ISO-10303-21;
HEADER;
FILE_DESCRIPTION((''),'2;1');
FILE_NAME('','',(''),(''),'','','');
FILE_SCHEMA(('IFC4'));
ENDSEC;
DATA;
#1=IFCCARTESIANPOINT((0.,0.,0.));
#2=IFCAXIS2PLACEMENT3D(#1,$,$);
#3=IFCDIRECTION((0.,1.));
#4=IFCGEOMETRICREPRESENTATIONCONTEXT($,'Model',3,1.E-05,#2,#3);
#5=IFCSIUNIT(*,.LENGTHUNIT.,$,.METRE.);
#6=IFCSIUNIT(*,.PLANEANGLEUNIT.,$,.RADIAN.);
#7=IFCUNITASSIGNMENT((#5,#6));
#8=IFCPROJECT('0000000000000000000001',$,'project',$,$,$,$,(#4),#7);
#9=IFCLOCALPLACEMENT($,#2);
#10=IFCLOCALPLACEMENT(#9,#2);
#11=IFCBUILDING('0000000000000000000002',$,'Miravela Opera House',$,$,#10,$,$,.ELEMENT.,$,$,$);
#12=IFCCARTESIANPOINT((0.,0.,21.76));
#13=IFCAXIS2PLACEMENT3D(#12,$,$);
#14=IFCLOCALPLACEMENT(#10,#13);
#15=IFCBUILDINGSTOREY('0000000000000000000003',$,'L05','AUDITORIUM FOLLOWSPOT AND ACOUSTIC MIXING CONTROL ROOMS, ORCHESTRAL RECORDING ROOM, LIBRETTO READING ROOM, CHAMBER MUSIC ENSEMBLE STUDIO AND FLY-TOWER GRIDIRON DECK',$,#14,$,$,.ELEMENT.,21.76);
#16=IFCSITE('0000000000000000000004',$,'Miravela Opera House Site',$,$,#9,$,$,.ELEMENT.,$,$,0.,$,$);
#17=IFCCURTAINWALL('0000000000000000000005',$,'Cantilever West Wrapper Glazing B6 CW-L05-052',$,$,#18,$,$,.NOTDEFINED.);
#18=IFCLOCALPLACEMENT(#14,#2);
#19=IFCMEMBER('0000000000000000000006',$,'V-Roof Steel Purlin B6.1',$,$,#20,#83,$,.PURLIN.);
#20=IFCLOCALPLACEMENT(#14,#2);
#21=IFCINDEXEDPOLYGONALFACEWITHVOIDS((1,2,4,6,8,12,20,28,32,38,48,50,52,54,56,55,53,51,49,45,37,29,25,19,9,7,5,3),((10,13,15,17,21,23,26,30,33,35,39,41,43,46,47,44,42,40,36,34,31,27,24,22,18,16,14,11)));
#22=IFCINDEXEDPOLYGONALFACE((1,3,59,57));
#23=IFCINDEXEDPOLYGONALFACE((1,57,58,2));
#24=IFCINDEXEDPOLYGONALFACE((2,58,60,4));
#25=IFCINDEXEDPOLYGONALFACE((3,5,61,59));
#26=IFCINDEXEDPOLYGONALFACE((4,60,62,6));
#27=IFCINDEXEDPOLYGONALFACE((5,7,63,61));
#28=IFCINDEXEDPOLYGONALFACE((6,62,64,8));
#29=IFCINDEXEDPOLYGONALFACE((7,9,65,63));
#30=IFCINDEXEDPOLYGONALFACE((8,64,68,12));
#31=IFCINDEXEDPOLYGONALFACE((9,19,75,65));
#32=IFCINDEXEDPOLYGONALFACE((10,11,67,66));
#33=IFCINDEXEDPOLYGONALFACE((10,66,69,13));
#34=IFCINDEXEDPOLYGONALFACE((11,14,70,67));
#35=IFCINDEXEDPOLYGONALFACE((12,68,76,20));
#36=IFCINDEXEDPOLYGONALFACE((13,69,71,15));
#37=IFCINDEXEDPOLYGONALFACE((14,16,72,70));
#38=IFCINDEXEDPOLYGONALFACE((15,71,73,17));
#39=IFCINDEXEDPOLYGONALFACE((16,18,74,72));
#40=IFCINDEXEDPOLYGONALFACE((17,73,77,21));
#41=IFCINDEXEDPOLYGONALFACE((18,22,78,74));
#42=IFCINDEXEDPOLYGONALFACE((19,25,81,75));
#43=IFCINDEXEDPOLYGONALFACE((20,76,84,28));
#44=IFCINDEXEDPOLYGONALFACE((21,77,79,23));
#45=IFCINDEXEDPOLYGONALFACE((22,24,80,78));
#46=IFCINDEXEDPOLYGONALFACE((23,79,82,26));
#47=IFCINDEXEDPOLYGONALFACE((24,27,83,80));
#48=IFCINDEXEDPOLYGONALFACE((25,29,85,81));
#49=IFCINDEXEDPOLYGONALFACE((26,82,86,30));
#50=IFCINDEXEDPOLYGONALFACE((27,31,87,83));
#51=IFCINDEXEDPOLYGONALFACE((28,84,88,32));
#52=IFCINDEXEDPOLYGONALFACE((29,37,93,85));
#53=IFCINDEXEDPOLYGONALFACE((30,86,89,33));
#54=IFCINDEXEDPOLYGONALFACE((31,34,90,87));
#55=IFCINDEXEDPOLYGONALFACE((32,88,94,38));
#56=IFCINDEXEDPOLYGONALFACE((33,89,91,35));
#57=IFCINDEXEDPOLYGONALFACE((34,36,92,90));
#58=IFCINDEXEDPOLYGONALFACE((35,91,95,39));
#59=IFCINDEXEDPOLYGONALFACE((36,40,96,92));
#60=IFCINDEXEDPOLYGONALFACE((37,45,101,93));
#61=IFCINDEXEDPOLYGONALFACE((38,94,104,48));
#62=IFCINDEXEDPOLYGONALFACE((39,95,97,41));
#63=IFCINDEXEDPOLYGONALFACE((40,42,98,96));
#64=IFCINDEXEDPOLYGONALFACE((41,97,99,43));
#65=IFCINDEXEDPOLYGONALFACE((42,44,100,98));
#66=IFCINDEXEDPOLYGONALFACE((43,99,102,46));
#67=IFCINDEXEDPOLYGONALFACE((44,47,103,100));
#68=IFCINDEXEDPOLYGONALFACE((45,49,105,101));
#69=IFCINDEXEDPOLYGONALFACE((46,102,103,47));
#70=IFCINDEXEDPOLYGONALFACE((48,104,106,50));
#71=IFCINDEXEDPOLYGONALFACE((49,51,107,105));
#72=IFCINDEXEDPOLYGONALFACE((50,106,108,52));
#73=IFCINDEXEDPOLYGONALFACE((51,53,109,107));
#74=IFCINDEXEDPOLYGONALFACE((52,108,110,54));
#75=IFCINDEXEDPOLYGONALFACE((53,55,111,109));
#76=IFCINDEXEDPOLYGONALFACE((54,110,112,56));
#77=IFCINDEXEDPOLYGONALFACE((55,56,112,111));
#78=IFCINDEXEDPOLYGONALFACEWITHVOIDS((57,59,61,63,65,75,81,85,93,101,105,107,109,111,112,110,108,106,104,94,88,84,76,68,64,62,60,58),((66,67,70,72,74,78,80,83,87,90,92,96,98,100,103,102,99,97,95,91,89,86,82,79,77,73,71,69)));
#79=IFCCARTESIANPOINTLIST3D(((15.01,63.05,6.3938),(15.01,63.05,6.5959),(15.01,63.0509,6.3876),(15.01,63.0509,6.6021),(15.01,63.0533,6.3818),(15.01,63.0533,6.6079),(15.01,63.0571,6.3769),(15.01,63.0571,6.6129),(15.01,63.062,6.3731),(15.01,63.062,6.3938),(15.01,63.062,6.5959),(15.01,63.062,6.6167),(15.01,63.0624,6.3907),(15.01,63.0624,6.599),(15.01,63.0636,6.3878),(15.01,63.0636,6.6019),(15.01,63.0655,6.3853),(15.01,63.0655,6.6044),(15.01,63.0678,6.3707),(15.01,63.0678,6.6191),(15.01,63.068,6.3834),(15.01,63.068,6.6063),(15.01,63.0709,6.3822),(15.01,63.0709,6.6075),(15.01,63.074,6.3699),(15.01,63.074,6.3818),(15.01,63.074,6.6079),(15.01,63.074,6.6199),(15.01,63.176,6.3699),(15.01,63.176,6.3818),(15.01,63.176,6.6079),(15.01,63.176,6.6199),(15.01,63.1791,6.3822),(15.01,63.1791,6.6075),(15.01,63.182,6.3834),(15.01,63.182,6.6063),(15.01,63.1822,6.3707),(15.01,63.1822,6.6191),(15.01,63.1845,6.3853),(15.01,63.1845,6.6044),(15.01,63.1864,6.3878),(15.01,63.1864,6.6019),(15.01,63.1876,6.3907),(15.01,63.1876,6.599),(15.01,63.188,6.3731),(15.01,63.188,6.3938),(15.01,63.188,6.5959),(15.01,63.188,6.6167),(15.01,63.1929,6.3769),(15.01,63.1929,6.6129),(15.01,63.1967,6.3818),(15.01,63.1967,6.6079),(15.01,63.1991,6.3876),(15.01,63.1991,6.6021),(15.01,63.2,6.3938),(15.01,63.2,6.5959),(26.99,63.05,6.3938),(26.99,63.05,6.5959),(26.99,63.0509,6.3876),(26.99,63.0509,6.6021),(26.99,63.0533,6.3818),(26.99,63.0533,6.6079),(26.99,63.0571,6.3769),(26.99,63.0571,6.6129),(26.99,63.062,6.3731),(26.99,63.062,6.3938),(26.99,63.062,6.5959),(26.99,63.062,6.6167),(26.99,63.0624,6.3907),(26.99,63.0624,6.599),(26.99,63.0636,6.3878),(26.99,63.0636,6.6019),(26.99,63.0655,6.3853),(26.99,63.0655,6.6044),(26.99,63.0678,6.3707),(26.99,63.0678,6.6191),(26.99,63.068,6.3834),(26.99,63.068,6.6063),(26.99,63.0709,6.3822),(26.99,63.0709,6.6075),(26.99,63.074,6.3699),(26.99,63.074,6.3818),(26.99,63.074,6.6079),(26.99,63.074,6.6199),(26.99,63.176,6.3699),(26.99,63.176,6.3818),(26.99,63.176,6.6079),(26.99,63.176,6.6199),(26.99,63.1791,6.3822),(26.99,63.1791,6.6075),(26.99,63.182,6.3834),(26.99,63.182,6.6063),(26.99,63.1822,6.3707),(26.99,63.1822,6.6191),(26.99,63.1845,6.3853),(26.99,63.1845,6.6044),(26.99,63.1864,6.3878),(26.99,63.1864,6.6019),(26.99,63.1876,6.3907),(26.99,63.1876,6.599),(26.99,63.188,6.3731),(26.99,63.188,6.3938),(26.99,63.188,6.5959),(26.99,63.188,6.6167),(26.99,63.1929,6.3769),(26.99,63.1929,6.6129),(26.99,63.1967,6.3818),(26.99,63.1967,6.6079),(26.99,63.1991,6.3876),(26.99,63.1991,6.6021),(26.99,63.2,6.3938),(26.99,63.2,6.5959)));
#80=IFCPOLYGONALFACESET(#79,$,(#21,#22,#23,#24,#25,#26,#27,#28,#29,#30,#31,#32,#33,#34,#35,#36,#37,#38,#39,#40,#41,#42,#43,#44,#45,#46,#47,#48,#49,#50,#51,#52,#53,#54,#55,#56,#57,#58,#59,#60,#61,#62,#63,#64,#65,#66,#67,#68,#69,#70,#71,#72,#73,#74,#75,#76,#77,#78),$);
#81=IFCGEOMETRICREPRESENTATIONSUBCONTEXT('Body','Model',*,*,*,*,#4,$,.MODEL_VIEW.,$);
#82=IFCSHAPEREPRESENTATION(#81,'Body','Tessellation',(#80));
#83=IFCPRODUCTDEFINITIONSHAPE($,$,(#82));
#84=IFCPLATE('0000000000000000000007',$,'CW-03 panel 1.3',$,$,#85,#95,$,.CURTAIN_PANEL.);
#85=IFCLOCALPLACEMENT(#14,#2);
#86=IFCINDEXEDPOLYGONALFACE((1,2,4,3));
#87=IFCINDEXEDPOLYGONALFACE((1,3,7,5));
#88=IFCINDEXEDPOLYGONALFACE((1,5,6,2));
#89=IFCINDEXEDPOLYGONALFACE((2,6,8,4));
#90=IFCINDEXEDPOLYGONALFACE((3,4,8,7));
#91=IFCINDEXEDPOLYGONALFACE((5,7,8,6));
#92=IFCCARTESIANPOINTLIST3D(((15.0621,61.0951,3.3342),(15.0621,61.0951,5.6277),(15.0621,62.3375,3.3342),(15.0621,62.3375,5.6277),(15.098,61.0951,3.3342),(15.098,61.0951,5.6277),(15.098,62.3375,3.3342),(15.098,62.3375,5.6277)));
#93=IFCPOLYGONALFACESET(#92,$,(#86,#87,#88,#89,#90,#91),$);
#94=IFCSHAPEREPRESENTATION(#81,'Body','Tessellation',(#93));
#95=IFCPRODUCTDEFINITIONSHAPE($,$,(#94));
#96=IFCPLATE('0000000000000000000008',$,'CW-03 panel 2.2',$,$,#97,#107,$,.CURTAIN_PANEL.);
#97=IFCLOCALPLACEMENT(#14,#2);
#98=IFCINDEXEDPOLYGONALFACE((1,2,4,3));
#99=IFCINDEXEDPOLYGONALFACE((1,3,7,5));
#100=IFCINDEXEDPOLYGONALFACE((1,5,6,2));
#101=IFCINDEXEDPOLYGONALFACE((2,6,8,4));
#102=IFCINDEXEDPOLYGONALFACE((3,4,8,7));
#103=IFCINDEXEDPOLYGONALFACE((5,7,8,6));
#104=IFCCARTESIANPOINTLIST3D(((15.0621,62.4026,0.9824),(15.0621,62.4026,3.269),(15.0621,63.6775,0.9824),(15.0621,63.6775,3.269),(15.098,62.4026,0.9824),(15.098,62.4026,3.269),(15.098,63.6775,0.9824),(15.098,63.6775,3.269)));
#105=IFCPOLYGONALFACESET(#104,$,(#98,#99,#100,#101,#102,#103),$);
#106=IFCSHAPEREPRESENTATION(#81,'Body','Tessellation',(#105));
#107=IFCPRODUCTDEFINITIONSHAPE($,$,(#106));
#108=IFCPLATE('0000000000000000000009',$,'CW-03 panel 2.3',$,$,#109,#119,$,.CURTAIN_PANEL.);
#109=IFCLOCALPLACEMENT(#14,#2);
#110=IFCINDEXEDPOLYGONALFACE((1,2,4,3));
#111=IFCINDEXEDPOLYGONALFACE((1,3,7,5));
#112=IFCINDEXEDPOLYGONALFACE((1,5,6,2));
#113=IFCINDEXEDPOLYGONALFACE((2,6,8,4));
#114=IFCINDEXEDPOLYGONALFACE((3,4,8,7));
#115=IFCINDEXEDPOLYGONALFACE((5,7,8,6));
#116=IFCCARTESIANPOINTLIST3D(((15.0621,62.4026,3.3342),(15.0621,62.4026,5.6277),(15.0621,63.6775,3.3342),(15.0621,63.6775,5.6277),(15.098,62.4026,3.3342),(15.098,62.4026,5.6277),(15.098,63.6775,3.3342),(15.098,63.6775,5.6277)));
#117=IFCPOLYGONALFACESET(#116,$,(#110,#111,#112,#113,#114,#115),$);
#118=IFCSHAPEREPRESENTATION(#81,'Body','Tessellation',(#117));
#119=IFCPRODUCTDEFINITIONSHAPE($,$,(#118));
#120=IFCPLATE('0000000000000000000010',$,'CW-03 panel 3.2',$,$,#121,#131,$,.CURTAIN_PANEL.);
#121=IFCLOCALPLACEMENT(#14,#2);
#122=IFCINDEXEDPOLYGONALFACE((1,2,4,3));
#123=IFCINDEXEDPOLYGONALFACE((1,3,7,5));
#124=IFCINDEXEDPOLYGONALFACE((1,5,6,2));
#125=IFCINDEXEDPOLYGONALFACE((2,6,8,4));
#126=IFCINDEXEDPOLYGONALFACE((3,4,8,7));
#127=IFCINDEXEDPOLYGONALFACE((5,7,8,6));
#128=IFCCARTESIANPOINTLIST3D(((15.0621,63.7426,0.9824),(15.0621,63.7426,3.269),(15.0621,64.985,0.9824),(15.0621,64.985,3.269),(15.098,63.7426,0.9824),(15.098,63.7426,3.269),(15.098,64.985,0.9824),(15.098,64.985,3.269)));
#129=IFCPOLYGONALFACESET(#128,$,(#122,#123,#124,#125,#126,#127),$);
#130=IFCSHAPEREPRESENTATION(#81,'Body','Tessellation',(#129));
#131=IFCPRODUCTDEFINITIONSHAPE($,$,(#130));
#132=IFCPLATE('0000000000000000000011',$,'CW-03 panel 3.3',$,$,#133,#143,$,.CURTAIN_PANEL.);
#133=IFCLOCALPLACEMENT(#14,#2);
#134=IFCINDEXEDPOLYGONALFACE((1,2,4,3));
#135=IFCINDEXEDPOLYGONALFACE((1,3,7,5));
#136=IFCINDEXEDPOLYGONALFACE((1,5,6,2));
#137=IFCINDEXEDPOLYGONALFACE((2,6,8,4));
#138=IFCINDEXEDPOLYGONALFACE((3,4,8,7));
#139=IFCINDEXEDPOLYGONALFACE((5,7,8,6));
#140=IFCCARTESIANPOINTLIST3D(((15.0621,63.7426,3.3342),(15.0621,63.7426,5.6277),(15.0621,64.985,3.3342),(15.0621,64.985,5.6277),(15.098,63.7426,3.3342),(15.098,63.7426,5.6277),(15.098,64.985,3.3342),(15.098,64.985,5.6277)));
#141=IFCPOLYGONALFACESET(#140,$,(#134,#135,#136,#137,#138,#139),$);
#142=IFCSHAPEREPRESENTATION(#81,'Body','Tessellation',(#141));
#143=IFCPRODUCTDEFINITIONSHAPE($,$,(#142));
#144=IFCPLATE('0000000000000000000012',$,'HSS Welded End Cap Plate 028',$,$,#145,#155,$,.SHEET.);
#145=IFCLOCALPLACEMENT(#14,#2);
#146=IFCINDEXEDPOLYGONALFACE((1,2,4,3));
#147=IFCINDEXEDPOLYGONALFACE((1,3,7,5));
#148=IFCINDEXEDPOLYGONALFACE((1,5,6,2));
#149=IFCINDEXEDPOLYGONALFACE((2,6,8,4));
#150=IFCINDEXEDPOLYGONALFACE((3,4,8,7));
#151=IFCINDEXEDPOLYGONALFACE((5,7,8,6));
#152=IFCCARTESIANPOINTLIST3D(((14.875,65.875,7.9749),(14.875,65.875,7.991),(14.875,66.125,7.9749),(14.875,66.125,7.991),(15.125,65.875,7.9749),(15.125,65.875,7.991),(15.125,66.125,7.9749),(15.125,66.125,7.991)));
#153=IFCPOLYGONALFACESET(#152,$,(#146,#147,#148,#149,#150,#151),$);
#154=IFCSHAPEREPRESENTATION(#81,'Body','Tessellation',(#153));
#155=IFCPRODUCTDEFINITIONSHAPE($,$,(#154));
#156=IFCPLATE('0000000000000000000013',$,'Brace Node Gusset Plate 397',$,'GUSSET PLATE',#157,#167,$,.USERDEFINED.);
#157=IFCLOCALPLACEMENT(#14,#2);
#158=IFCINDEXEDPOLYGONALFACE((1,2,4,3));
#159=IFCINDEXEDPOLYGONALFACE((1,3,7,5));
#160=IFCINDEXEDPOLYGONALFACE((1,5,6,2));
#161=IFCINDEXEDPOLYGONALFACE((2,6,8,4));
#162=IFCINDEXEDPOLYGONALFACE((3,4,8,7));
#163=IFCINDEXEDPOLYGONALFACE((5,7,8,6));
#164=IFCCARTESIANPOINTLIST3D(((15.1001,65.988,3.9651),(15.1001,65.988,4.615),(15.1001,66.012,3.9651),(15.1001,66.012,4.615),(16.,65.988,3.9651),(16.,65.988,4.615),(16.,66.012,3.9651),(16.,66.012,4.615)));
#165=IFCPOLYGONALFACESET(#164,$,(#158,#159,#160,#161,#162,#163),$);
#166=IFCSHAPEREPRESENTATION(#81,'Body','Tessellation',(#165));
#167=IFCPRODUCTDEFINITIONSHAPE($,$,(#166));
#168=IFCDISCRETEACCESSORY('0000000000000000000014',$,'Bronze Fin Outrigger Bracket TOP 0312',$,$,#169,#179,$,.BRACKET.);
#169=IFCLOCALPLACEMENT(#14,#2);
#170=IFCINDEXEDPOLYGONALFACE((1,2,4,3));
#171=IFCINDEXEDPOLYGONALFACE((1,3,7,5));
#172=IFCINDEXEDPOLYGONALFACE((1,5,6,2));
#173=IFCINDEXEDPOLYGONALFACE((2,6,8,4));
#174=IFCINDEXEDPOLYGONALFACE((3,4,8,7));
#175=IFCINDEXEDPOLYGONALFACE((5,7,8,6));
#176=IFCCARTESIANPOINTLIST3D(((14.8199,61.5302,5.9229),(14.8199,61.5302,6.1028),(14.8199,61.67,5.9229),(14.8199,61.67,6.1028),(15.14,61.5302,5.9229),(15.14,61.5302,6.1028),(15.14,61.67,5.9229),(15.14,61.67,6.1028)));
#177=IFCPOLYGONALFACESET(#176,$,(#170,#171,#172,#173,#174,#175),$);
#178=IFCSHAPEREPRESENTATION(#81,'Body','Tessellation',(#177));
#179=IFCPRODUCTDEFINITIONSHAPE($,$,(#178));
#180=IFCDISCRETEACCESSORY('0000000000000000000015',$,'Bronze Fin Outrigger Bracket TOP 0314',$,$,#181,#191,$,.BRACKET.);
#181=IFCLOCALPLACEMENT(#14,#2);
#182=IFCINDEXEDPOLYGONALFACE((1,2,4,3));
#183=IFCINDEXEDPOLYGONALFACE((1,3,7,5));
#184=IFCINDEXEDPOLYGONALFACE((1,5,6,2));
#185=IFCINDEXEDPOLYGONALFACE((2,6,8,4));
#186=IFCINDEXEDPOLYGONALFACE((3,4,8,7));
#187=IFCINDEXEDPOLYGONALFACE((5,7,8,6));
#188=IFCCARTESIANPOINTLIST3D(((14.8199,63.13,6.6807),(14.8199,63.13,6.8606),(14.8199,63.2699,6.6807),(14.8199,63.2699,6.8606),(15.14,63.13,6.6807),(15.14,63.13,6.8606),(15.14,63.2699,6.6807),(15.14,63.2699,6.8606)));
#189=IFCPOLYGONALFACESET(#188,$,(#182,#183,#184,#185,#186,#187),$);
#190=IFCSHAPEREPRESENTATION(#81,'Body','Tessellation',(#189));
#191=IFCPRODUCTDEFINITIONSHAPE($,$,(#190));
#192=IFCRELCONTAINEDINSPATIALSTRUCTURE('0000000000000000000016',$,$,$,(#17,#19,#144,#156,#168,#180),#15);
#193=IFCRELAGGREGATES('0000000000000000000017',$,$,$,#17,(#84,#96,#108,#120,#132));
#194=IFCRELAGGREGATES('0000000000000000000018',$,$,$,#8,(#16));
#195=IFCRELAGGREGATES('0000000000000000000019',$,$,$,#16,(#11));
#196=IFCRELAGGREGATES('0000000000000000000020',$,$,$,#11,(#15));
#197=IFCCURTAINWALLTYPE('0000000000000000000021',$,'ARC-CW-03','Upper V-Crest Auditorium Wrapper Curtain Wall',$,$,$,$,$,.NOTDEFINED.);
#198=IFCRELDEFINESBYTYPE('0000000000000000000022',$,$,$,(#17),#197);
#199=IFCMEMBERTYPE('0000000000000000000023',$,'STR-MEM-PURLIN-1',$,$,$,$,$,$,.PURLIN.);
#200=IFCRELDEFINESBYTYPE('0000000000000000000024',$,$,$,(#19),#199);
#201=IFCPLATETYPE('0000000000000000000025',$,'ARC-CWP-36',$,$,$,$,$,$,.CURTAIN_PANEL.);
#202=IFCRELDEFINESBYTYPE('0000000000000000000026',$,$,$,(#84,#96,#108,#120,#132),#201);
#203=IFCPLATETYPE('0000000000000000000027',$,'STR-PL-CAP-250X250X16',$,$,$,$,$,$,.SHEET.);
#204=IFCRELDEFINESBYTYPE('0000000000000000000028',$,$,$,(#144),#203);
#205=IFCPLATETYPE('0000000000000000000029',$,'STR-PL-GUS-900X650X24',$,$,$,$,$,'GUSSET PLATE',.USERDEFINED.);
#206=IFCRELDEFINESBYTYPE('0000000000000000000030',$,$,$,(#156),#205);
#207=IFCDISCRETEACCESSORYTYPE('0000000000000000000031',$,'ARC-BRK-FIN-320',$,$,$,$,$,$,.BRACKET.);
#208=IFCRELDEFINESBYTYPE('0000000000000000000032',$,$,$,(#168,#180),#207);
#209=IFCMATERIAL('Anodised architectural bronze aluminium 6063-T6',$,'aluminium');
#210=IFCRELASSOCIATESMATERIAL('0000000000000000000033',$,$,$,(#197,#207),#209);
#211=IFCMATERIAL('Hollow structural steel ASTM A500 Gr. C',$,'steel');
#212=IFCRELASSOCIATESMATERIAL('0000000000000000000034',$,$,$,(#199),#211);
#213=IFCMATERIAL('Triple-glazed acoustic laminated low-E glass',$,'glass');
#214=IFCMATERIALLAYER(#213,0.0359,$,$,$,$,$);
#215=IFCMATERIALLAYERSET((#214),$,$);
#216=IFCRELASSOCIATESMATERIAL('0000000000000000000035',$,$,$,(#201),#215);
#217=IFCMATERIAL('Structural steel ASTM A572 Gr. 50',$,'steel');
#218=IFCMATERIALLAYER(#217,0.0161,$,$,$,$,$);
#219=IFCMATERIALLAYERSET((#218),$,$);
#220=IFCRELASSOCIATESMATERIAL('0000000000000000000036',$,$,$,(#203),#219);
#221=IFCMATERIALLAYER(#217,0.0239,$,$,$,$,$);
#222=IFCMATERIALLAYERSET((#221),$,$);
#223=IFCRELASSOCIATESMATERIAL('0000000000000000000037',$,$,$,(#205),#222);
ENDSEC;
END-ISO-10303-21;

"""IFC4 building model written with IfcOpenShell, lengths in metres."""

from ifc_helpers import new_model, si_unit, direction, frame, origin, origin_2d, place, context, subcontext, project, spatial, rectangle, hollow_rectangle, extrude, material, layer, layer_set, material_profile, profile_set, type_object, element, aggregate, save


model = new_model("IFC4")

# Units and contexts
model_context = context("Model", 3, precision=1e-05, world=origin(), true_north=direction((0.0, 1.0)))
body_context = subcontext(model_context, "Body", "Model", "MODEL_VIEW")
ifc_project = project(units=[si_unit("LENGTHUNIT", "METRE"), si_unit("PLANEANGLEUNIT", "RADIAN")], contexts=[model_context])

# Site, building, storey
site_placement = place(None, origin())
site = spatial("IfcSite", under=ifc_project, at=site_placement, Name="Miravela Opera House Site", CompositionType="ELEMENT", RefElevation=0.0)
building_placement = place(site_placement, origin())
building = spatial("IfcBuilding", under=site, at=building_placement, Name="Miravela Opera House", CompositionType="ELEMENT")
storey_placement = place(building_placement, frame((0.0, 0.0, 21.76)))
storey = spatial("IfcBuildingStorey", under=building, at=storey_placement, Name="L05", Description="AUDITORIUM FOLLOWSPOT AND ACOUSTIC MIXING CONTROL ROOMS, ORCHESTRAL RECORDING ROOM, LIBRETTO READING ROOM, CHAMBER MUSIC ENSEMBLE STUDIO AND FLY-TOWER GRIDIRON DECK", CompositionType="ELEMENT", Elevation=21.76)

# Curtain wall
ifc_material_1 = material(Name="Anodised architectural bronze aluminium 6063-T6", Category="aluminium")
curtain_wall_type = type_object("IfcCurtainWallType", Name="ARC-CW-03", Description="Upper V-Crest Auditorium Wrapper Curtain Wall", PredefinedType="NOTDEFINED", material=ifc_material_1)
curtain_wall_1_placement = place(storey_placement, origin())
curtain_wall_1 = element("IfcCurtainWall", 1, at=curtain_wall_1_placement, inside=storey, type_object=curtain_wall_type, Name="Cantilever West Wrapper Glazing B6 CW-L05-052", PredefinedType="NOTDEFINED")

# Member
ifc_material_2 = material(Name="Hollow structural steel ASTM A500 Gr. C", Category="steel")
ifc_material_profile_1 = material_profile(ifc_material_2, hollow_rectangle(XDim=0.1499, YDim=0.25, WallThickness=0.012, InnerFilletRadius=0.012, OuterFilletRadius=0.0239, at=origin_2d()), Name="HSS250X150X12")
ifc_profile_set_1 = profile_set([ifc_material_profile_1])
member_type_1 = type_object("IfcMemberType", Name="STR-MEM-PURLIN-1", PredefinedType="PURLIN", material=ifc_profile_set_1)
member_1_placement = place(storey_placement, frame((15.01, 63.125, 6.4949), z_axis=(1.0, 0.0, 0.0), x_axis=(0.0, 1.0, 0.0)))
element("IfcMember", 2, at=member_1_placement, inside=storey, type_object=member_type_1, Name="V-Roof Steel Purlin B6.1", PredefinedType="PURLIN", context=body_context, shape_type="SweptSolid", body=[
    extrude(hollow_rectangle(XDim=0.1499, YDim=0.25, WallThickness=0.012, InnerFilletRadius=0.012, OuterFilletRadius=0.0239, at=origin_2d()), origin(), (0.0, 0.0, 1.0), 11.98),
])

# Plates
ifc_material_3 = material(Name="Triple-glazed acoustic laminated low-E glass", Category="glass")
ifc_layer_1 = layer(ifc_material_3, 0.0359)
ifc_layer_set_1 = layer_set([ifc_layer_1])
plate_type_1 = type_object("IfcPlateType", Name="ARC-CWP-36", PredefinedType="CURTAIN_PANEL", material=ifc_layer_set_1)
plate_1_placement = place(storey_placement, frame((15.0801, 61.7163, 3.3342), z_axis=(0.0, 0.0, 1.0), x_axis=(0.0, 1.0, 0.0)))
plate_1 = element("IfcPlate", 3, at=plate_1_placement, type_object=plate_type_1, Name="CW-03 panel 1.3", PredefinedType="CURTAIN_PANEL", context=body_context, shape_type="SweptSolid", body=[
    extrude(rectangle(XDim=1.2424, YDim=0.0359, at=origin_2d()), origin(), (0.0, 0.0, 1.0), 2.2935),
])
plate_2_placement = place(storey_placement, frame((15.0801, 63.04, 0.9824), z_axis=(0.0, 0.0, 1.0), x_axis=(0.0, 1.0, 0.0)))
plate_2 = element("IfcPlate", 4, at=plate_2_placement, type_object=plate_type_1, Name="CW-03 panel 2.2", PredefinedType="CURTAIN_PANEL", context=body_context, shape_type="SweptSolid", body=[
    extrude(rectangle(XDim=1.2749, YDim=0.0359, at=origin_2d()), origin(), (0.0, 0.0, 1.0), 2.2866),
])
plate_3_placement = place(storey_placement, frame((15.0801, 63.04, 3.3342), z_axis=(0.0, 0.0, 1.0), x_axis=(0.0, 1.0, 0.0)))
plate_3 = element("IfcPlate", 5, at=plate_3_placement, type_object=plate_type_1, Name="CW-03 panel 2.3", PredefinedType="CURTAIN_PANEL", context=body_context, shape_type="SweptSolid", body=[
    extrude(rectangle(XDim=1.2749, YDim=0.0359, at=origin_2d()), origin(), (0.0, 0.0, 1.0), 2.2935),
])
plate_4_placement = place(storey_placement, frame((15.0801, 64.3638, 0.9824), z_axis=(0.0, 0.0, 1.0), x_axis=(0.0, 1.0, 0.0)))
plate_4 = element("IfcPlate", 6, at=plate_4_placement, type_object=plate_type_1, Name="CW-03 panel 3.2", PredefinedType="CURTAIN_PANEL", context=body_context, shape_type="SweptSolid", body=[
    extrude(rectangle(XDim=1.2424, YDim=0.0359, at=origin_2d()), origin(), (0.0, 0.0, 1.0), 2.2866),
])
plate_5_placement = place(storey_placement, frame((15.0801, 64.3638, 3.3342), z_axis=(0.0, 0.0, 1.0), x_axis=(0.0, 1.0, 0.0)))
plate_5 = element("IfcPlate", 7, at=plate_5_placement, type_object=plate_type_1, Name="CW-03 panel 3.3", PredefinedType="CURTAIN_PANEL", context=body_context, shape_type="SweptSolid", body=[
    extrude(rectangle(XDim=1.2424, YDim=0.0359, at=origin_2d()), origin(), (0.0, 0.0, 1.0), 2.2935),
])
aggregate(curtain_wall_1, [plate_1, plate_2, plate_3, plate_4, plate_5])

# Plates
ifc_material_4 = material(Name="Structural steel ASTM A572 Gr. 50", Category="steel")
ifc_layer_2 = layer(ifc_material_4, 0.0161)
ifc_layer_set_2 = layer_set([ifc_layer_2])
plate_type_2 = type_object("IfcPlateType", Name="STR-PL-CAP-250X250X16", PredefinedType="SHEET", material=ifc_layer_set_2)
plate_6_placement = place(storey_placement, frame((15.0, 66.0, 7.9749), z_axis=(0.0, 0.0, 1.0), x_axis=(1.0, 0.0, 0.0)))
element("IfcPlate", 8, at=plate_6_placement, inside=storey, type_object=plate_type_2, Name="HSS Welded End Cap Plate 028", PredefinedType="SHEET", context=body_context, shape_type="SweptSolid", body=[
    extrude(rectangle(XDim=0.25, YDim=0.25, at=origin_2d()), origin(), (0.0, 0.0, 1.0), 0.0161),
])
ifc_layer_3 = layer(ifc_material_4, 0.0239)
ifc_layer_set_3 = layer_set([ifc_layer_3])
plate_type_3 = type_object("IfcPlateType", Name="STR-PL-GUS-900X650X24", ElementType="GUSSET PLATE", PredefinedType="USERDEFINED", material=ifc_layer_set_3)
plate_7_placement = place(storey_placement, frame((15.55, 66.0, 3.9651), z_axis=(0.0, 0.0, 1.0), x_axis=(1.0, 0.0, 0.0)))
element("IfcPlate", 9, at=plate_7_placement, inside=storey, type_object=plate_type_3, Name="Brace Node Gusset Plate 397", ObjectType="GUSSET PLATE", PredefinedType="USERDEFINED", context=body_context, shape_type="SweptSolid", body=[
    extrude(rectangle(XDim=0.8999, YDim=0.0239, at=origin_2d()), origin(), (0.0, 0.0, 1.0), 0.6499),
])

# Discrete accessories
discrete_accessory_type = type_object("IfcDiscreteAccessoryType", Name="ARC-BRK-FIN-320", PredefinedType="BRACKET", material=ifc_material_1)
for number, where, z_axis, x_axis, name in (
    (10, (14.98, 61.6001, 5.9229), (0.0, 0.0, 1.0), (1.0, 0.0, 0.0), "Bronze Fin Outrigger Bracket TOP 0312"),
    (11, (14.98, 63.2, 6.6807), (0.0, 0.0, 1.0), (1.0, 0.0, 0.0), "Bronze Fin Outrigger Bracket TOP 0314"),
):
    element("IfcDiscreteAccessory", number, at=place(storey_placement, frame(where, z_axis=z_axis, x_axis=x_axis)), inside=storey, type_object=discrete_accessory_type, Name=name, PredefinedType="BRACKET", context=body_context, shape_type="SweptSolid", body=[
        extrude(rectangle(XDim=0.3201, YDim=0.1399, at=origin_2d()), origin(), (0.0, 0.0, 1.0), 0.1799),
    ])

save(model, "model.ifc")
